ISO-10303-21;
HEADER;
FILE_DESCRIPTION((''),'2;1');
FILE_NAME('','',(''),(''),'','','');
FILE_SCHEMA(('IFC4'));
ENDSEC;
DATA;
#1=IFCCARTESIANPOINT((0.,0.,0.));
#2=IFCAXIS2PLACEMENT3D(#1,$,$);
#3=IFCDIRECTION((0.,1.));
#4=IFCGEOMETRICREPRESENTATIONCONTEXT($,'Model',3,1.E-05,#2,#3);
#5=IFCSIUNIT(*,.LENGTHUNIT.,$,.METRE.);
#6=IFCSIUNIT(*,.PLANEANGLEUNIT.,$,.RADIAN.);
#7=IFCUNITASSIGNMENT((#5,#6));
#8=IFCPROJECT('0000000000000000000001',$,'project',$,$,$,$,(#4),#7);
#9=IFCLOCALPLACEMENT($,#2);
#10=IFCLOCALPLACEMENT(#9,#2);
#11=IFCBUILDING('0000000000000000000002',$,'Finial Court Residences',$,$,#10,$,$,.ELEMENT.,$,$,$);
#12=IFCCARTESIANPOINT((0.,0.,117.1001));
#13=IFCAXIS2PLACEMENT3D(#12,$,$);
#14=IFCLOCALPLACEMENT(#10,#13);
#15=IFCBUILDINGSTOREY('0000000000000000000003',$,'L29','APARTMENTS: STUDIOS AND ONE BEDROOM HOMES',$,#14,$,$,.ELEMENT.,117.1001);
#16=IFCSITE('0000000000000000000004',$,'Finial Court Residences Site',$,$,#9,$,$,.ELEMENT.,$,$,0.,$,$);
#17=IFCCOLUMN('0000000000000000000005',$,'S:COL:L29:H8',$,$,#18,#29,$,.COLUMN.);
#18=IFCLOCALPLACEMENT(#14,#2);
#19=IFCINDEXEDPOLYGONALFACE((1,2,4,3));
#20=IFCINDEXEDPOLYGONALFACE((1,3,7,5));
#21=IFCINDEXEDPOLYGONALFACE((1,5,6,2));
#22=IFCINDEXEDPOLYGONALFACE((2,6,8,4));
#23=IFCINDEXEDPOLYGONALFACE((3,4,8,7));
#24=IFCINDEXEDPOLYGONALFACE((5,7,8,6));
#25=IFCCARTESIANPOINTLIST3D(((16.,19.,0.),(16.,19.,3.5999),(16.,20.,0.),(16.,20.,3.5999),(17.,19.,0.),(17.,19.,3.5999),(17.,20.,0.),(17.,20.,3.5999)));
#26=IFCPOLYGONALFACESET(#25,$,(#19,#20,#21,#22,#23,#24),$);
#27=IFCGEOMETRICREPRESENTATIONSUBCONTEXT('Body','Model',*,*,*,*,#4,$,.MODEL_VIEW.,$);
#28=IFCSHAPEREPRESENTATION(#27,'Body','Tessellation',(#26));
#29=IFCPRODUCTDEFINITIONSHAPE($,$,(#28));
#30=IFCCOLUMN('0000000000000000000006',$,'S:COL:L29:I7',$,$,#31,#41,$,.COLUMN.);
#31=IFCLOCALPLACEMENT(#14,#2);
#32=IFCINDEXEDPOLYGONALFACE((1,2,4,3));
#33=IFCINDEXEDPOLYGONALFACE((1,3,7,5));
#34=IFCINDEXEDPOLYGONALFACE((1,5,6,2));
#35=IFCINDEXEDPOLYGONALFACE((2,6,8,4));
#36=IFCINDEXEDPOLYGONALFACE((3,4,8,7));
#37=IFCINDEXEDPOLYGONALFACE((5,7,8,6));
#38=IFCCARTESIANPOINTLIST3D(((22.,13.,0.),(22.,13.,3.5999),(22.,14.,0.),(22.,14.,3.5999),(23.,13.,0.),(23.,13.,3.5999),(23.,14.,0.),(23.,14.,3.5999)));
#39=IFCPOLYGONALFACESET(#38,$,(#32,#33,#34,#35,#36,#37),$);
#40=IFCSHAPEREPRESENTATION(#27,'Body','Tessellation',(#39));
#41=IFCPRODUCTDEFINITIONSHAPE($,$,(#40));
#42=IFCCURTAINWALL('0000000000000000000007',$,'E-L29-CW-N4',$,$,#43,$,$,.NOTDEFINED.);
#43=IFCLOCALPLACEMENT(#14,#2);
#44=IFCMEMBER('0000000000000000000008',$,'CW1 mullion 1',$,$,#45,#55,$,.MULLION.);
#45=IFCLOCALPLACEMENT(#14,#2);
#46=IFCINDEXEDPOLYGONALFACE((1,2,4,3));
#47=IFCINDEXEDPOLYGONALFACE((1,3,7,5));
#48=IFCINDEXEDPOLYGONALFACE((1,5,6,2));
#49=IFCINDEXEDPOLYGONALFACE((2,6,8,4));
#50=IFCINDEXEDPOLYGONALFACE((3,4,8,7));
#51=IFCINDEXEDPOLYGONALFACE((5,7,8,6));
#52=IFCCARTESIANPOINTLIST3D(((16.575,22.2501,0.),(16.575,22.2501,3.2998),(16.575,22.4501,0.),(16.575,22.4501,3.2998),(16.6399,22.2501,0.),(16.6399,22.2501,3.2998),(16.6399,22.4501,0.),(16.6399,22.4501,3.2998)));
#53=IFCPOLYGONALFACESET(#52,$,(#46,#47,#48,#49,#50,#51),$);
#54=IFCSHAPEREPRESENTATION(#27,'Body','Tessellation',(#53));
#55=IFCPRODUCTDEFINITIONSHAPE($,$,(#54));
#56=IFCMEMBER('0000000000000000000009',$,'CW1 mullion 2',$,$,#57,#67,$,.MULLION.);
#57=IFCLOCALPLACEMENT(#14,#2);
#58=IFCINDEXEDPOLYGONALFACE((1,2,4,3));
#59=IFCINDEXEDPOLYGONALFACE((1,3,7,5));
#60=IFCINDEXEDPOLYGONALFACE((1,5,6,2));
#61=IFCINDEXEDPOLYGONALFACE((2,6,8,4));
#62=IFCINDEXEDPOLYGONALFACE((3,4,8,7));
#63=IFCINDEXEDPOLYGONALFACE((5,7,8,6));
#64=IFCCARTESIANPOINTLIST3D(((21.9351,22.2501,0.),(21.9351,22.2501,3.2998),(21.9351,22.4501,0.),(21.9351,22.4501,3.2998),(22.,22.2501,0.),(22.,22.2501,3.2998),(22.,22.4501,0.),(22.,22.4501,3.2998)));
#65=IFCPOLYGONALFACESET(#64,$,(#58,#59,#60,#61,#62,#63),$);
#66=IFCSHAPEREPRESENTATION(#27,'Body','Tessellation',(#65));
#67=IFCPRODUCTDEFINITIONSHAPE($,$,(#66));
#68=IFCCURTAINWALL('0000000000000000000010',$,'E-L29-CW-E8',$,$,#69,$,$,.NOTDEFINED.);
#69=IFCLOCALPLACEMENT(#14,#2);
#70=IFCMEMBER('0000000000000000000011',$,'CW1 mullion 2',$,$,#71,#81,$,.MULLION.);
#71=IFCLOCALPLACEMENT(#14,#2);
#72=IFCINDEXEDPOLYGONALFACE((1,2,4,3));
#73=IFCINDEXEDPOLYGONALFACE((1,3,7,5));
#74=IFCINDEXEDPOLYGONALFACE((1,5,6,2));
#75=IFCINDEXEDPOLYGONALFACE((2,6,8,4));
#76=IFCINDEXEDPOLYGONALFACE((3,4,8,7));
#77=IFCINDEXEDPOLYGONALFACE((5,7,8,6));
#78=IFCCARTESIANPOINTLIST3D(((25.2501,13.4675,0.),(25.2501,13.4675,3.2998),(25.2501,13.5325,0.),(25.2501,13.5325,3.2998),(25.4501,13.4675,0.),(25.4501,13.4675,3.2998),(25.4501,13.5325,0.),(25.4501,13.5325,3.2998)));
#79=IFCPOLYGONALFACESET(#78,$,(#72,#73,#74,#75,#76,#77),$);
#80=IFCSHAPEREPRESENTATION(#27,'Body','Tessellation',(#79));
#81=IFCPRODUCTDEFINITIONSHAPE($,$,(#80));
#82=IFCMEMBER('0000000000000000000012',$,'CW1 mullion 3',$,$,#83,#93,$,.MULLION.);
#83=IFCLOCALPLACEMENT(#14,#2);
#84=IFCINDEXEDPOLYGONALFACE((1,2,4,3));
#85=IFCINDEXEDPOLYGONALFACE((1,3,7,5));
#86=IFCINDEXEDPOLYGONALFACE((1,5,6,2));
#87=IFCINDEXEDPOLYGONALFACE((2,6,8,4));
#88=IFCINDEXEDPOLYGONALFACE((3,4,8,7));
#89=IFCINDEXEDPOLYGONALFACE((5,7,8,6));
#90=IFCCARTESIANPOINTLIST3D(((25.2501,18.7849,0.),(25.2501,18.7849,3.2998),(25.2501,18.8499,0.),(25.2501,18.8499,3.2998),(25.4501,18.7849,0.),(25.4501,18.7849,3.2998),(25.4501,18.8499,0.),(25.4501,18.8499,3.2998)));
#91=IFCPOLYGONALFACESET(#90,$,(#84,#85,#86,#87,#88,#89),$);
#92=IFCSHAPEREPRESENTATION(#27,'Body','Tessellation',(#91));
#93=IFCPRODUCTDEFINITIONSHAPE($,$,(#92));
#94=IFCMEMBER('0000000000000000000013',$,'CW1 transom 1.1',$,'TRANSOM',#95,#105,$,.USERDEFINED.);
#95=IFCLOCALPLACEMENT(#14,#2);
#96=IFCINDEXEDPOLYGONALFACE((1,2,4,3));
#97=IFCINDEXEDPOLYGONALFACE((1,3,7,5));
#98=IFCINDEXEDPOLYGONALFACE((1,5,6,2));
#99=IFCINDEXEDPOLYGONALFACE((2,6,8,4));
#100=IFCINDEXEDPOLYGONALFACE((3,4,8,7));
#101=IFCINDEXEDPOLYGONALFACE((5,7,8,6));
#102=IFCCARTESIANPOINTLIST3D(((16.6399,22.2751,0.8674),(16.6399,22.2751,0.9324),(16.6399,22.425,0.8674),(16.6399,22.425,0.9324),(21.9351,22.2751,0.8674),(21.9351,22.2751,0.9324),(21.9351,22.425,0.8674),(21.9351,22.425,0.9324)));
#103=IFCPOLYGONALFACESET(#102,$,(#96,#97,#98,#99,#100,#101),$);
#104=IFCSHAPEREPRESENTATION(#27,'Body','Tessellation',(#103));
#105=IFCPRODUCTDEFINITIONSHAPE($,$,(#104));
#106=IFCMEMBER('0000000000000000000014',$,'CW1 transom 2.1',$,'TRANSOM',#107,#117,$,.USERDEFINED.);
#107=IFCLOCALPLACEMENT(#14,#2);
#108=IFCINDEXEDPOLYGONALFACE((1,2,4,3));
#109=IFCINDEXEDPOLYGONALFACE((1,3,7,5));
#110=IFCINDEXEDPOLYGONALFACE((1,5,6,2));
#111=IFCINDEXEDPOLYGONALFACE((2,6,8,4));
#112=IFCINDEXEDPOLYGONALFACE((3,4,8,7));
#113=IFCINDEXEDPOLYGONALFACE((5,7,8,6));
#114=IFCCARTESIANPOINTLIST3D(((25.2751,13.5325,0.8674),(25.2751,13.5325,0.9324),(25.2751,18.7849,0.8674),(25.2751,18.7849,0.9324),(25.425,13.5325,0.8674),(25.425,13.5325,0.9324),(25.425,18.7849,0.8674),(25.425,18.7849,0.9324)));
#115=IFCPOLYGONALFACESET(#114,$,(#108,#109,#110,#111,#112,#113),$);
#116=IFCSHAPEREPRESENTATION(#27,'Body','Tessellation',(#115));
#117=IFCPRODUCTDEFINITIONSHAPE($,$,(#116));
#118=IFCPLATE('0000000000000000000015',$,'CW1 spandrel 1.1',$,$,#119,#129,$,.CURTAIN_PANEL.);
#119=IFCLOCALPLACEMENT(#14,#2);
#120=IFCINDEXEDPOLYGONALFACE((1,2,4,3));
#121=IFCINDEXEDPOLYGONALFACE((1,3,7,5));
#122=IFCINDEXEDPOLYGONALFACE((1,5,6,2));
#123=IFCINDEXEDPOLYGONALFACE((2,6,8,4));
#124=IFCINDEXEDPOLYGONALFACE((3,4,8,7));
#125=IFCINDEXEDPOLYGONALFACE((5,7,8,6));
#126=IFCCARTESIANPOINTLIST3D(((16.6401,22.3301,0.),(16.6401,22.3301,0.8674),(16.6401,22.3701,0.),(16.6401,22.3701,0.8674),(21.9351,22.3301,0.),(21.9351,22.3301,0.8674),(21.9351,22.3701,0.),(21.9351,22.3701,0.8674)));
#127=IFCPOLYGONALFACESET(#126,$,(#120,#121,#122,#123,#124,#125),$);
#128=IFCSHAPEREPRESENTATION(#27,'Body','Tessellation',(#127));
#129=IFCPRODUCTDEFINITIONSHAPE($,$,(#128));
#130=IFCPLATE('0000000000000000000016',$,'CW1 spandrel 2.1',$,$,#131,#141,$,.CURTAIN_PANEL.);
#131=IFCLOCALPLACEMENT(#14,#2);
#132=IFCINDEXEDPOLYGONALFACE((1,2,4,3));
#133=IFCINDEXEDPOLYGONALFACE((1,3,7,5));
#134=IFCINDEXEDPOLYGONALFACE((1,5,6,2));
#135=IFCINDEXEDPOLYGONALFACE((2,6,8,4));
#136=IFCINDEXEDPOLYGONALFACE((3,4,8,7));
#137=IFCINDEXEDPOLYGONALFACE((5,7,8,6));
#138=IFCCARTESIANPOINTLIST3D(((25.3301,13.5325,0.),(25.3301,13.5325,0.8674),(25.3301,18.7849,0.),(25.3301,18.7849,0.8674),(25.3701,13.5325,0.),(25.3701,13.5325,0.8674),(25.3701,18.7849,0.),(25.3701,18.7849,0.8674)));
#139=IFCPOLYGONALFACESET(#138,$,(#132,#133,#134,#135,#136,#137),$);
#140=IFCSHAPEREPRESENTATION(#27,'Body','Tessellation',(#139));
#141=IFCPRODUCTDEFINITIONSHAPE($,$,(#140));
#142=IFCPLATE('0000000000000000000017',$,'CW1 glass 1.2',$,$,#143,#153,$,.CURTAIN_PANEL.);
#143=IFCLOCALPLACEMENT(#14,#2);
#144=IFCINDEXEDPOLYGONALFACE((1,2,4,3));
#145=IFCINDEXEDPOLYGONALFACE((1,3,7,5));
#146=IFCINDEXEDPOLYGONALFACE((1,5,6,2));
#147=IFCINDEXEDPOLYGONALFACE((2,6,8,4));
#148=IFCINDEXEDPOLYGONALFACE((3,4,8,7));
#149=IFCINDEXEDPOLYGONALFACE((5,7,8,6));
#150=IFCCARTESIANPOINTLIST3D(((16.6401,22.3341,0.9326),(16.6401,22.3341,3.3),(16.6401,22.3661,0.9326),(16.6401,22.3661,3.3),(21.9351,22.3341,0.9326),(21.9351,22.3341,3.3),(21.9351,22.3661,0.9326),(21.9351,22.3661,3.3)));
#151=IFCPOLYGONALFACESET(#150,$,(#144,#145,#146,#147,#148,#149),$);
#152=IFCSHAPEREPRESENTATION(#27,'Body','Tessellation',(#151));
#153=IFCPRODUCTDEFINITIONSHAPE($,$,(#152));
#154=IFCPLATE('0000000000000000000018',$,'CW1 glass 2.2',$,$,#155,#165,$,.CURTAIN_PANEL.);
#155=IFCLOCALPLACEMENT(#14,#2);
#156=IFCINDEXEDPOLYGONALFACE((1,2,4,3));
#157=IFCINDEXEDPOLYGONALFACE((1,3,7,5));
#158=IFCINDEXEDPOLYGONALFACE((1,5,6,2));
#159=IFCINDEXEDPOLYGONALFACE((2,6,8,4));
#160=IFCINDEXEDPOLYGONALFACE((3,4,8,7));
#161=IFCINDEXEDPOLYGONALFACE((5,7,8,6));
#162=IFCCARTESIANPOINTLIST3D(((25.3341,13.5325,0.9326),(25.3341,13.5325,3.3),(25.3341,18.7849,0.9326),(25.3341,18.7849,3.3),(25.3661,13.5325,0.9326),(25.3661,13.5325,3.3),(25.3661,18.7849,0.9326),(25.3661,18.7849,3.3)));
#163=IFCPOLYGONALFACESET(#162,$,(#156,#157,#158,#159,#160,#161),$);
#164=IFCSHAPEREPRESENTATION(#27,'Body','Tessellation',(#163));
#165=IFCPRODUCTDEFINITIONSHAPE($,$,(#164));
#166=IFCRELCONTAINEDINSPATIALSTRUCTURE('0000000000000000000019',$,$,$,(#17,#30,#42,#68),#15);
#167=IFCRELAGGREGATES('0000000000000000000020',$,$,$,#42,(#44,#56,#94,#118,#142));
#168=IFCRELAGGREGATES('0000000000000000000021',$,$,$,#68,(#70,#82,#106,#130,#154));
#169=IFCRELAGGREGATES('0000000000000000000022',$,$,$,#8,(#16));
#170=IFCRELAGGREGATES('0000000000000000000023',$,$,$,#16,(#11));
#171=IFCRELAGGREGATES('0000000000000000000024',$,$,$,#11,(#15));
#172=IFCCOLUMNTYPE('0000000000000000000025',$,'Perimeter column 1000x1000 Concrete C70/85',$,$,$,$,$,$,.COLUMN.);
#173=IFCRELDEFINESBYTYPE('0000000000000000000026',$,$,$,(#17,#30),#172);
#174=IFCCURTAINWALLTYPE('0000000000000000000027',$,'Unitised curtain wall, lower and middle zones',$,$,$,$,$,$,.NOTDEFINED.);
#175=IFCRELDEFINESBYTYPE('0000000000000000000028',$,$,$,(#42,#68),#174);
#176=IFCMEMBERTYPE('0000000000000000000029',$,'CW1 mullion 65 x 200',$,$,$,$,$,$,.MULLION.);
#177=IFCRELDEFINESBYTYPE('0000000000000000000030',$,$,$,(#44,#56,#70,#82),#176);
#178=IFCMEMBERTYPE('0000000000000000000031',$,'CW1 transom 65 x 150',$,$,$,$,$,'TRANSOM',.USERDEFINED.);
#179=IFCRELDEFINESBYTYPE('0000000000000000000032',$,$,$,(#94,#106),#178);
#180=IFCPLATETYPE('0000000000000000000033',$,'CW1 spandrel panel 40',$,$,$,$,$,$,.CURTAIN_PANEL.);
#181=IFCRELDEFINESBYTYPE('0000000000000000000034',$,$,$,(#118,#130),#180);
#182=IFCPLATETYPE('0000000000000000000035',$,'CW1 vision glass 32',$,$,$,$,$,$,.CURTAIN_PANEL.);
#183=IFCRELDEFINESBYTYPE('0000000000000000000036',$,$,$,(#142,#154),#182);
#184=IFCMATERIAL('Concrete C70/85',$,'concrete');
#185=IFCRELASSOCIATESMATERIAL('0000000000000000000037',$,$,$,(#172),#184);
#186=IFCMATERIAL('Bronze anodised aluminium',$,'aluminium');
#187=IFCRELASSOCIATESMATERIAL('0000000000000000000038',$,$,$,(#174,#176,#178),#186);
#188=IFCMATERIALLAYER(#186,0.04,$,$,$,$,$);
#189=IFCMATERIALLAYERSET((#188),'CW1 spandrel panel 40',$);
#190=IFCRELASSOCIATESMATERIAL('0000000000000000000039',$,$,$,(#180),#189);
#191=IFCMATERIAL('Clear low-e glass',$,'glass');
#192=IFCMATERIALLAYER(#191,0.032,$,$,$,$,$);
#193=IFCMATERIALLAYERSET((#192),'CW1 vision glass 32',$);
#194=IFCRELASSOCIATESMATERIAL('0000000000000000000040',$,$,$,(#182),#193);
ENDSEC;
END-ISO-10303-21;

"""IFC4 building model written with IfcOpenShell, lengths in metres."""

from ifc_helpers import new_model, si_unit, direction, frame, origin, origin_2d, place, context, subcontext, project, spatial, rectangle, extrude, material, layer, layer_set, material_profile, profile_set, type_object, element, aggregate, save


model = new_model("IFC4")

# Units and contexts
model_context = context("Model", 3, precision=1e-05, world=origin(), true_north=direction((0.0, 1.0)))
body_context = subcontext(model_context, "Body", "Model", "MODEL_VIEW")
ifc_project = project(units=[si_unit("LENGTHUNIT", "METRE"), si_unit("PLANEANGLEUNIT", "RADIAN")], contexts=[model_context])

# Site, building, storey
site_placement = place(None, origin())
site = spatial("IfcSite", under=ifc_project, at=site_placement, Name="Finial Court Residences Site", CompositionType="ELEMENT", RefElevation=0.0)
building_placement = place(site_placement, origin())
building = spatial("IfcBuilding", under=site, at=building_placement, Name="Finial Court Residences", CompositionType="ELEMENT")
storey_placement = place(building_placement, frame((0.0, 0.0, 117.1001)))
storey = spatial("IfcBuildingStorey", under=building, at=storey_placement, Name="L29", Description="APARTMENTS: STUDIOS AND ONE BEDROOM HOMES", CompositionType="ELEMENT", Elevation=117.1001)

# Columns
ifc_material_1 = material(Name="Concrete C70/85", Category="concrete")
ifc_material_profile_1 = material_profile(ifc_material_1, rectangle(XDim=1.0, YDim=1.0, at=origin_2d()), Name="1000x1000")
ifc_profile_set_1 = profile_set([ifc_material_profile_1], Name="Concrete C70/85")
column_type = type_object("IfcColumnType", Name="Perimeter column 1000x1000 Concrete C70/85", PredefinedType="COLUMN", material=ifc_profile_set_1)
for number, where, z_axis, x_axis, name in (
    (1, (16.5, 19.5, 0.0), (0.0, 0.0, 1.0), (1.0, 0.0, 0.0), "S:COL:L29:H8"),
    (2, (22.5, 13.5, 0.0), (0.0, 0.0, 1.0), (1.0, 0.0, 0.0), "S:COL:L29:I7"),
):
    element("IfcColumn", number, at=place(storey_placement, frame(where, z_axis=z_axis, x_axis=x_axis)), inside=storey, type_object=column_type, Name=name, PredefinedType="COLUMN", context=body_context, shape_type="SweptSolid", body=[
        extrude(rectangle(XDim=1.0, YDim=1.0, at=origin_2d()), origin(), (0.0, 0.0, 1.0), 3.5999),
    ])

# Curtain walls, members
ifc_material_2 = material(Name="Bronze anodised aluminium", Category="aluminium")
curtain_wall_type = type_object("IfcCurtainWallType", Name="Unitised curtain wall, lower and middle zones", PredefinedType="NOTDEFINED", material=ifc_material_2)
curtain_wall_1_placement = place(storey_placement, origin())
curtain_wall_1 = element("IfcCurtainWall", 3, at=curtain_wall_1_placement, inside=storey, type_object=curtain_wall_type, Name="E-L29-CW-N4", PredefinedType="NOTDEFINED")
ifc_material_profile_2 = material_profile(ifc_material_2, rectangle(XDim=0.2, YDim=0.0649, at=origin_2d()), Name="CW1 mullion 65 x 200")
ifc_profile_set_2 = profile_set([ifc_material_profile_2], Name="Bronze anodised aluminium")
member_type_1 = type_object("IfcMemberType", Name="CW1 mullion 65 x 200", PredefinedType="MULLION", material=ifc_profile_set_2)
member_1_placement = place(storey_placement, frame((16.6074, 22.3501, 0.0), z_axis=(0.0, 0.0, 1.0), x_axis=(0.0, 1.0, 0.0)))
member_1 = element("IfcMember", 4, at=member_1_placement, type_object=member_type_1, Name="CW1 mullion 1", PredefinedType="MULLION", context=body_context, shape_type="SweptSolid", body=[
    extrude(rectangle(XDim=0.2, YDim=0.0649, at=origin_2d()), origin(), (0.0, 0.0, 1.0), 3.2998),
])
member_2_placement = place(storey_placement, frame((21.9675, 22.3501, 0.0), z_axis=(0.0, 0.0, 1.0), x_axis=(0.0, 1.0, 0.0)))
member_2 = element("IfcMember", 5, at=member_2_placement, type_object=member_type_1, Name="CW1 mullion 2", PredefinedType="MULLION", context=body_context, shape_type="SweptSolid", body=[
    extrude(rectangle(XDim=0.2, YDim=0.0649, at=origin_2d()), origin(), (0.0, 0.0, 1.0), 3.2998),
])
curtain_wall_2_placement = place(storey_placement, origin())
curtain_wall_2 = element("IfcCurtainWall", 6, at=curtain_wall_2_placement, inside=storey, type_object=curtain_wall_type, Name="E-L29-CW-E8", PredefinedType="NOTDEFINED")
member_3_placement = place(storey_placement, frame((25.3501, 13.5, 0.0), z_axis=(0.0, 0.0, 1.0), x_axis=(-1.0, 0.0, 0.0)))
member_3 = element("IfcMember", 7, at=member_3_placement, type_object=member_type_1, Name="CW1 mullion 2", PredefinedType="MULLION", context=body_context, shape_type="SweptSolid", body=[
    extrude(rectangle(XDim=0.2, YDim=0.0649, at=origin_2d()), origin(), (0.0, 0.0, 1.0), 3.2998),
])
member_4_placement = place(storey_placement, frame((25.3501, 18.8174, 0.0), z_axis=(0.0, 0.0, 1.0), x_axis=(-1.0, 0.0, 0.0)))
member_4 = element("IfcMember", 8, at=member_4_placement, type_object=member_type_1, Name="CW1 mullion 3", PredefinedType="MULLION", context=body_context, shape_type="SweptSolid", body=[
    extrude(rectangle(XDim=0.2, YDim=0.0649, at=origin_2d()), origin(), (0.0, 0.0, 1.0), 3.2998),
])

# Members
ifc_material_profile_3 = material_profile(ifc_material_2, rectangle(XDim=0.1499, YDim=0.0649, at=origin_2d()), Name="CW1 transom 65 x 150")
ifc_profile_set_3 = profile_set([ifc_material_profile_3], Name="Bronze anodised aluminium")
member_type_2 = type_object("IfcMemberType", Name="CW1 transom 65 x 150", ElementType="TRANSOM", PredefinedType="USERDEFINED", material=ifc_profile_set_3)
member_5_placement = place(storey_placement, frame((16.6399, 22.3501, 0.8999), z_axis=(1.0, 0.0, 0.0), x_axis=(0.0, 1.0, 0.0)))
member_5 = element("IfcMember", 9, at=member_5_placement, type_object=member_type_2, Name="CW1 transom 1.1", ObjectType="TRANSOM", PredefinedType="USERDEFINED", context=body_context, shape_type="SweptSolid", body=[
    extrude(rectangle(XDim=0.1499, YDim=0.0649, at=origin_2d()), origin(), (0.0, 0.0, 1.0), 5.2952),
])
member_6_placement = place(storey_placement, frame((25.3501, 13.5325, 0.8999), z_axis=(0.0, 1.0, 0.0), x_axis=(-1.0, 0.0, 0.0)))
member_6 = element("IfcMember", 10, at=member_6_placement, type_object=member_type_2, Name="CW1 transom 2.1", ObjectType="TRANSOM", PredefinedType="USERDEFINED", context=body_context, shape_type="SweptSolid", body=[
    extrude(rectangle(XDim=0.1499, YDim=0.0649, at=origin_2d()), origin(), (0.0, 0.0, 1.0), 5.2524),
])

# Plates
ifc_layer_1 = layer(ifc_material_2, 0.04)
ifc_layer_set_1 = layer_set([ifc_layer_1], Name="CW1 spandrel panel 40")
plate_type_1 = type_object("IfcPlateType", Name="CW1 spandrel panel 40", PredefinedType="CURTAIN_PANEL", material=ifc_layer_set_1)
plate_1_placement = place(storey_placement, frame((19.2876, 22.3501, 0.0), z_axis=(0.0, 0.0, 1.0), x_axis=(1.0, 0.0, 0.0)))
plate_1 = element("IfcPlate", 11, at=plate_1_placement, type_object=plate_type_1, Name="CW1 spandrel 1.1", PredefinedType="CURTAIN_PANEL", context=body_context, shape_type="SweptSolid", body=[
    extrude(rectangle(XDim=5.2949, YDim=0.04, at=origin_2d()), origin(), (0.0, 0.0, 1.0), 0.8674),
])
plate_2_placement = place(storey_placement, frame((25.3501, 16.1587, 0.0), z_axis=(0.0, 0.0, 1.0), x_axis=(0.0, 1.0, 0.0)))
plate_2 = element("IfcPlate", 12, at=plate_2_placement, type_object=plate_type_1, Name="CW1 spandrel 2.1", PredefinedType="CURTAIN_PANEL", context=body_context, shape_type="SweptSolid", body=[
    extrude(rectangle(XDim=5.2524, YDim=0.04, at=origin_2d()), origin(), (0.0, 0.0, 1.0), 0.8674),
])
ifc_material_3 = material(Name="Clear low-e glass", Category="glass")
ifc_layer_2 = layer(ifc_material_3, 0.032)
ifc_layer_set_2 = layer_set([ifc_layer_2], Name="CW1 vision glass 32")
plate_type_2 = type_object("IfcPlateType", Name="CW1 vision glass 32", PredefinedType="CURTAIN_PANEL", material=ifc_layer_set_2)
plate_3_placement = place(storey_placement, frame((19.2876, 22.3501, 0.9326), z_axis=(0.0, 0.0, 1.0), x_axis=(1.0, 0.0, 0.0)))
plate_3 = element("IfcPlate", 13, at=plate_3_placement, type_object=plate_type_2, Name="CW1 glass 1.2", PredefinedType="CURTAIN_PANEL", context=body_context, shape_type="SweptSolid", body=[
    extrude(rectangle(XDim=5.2949, YDim=0.032, at=origin_2d()), origin(), (0.0, 0.0, 1.0), 2.3674),
])
aggregate(curtain_wall_1, [member_1, member_2, member_5, plate_1, plate_3])
plate_4_placement = place(storey_placement, frame((25.3501, 16.1587, 0.9326), z_axis=(0.0, 0.0, 1.0), x_axis=(0.0, 1.0, 0.0)))
plate_4 = element("IfcPlate", 14, at=plate_4_placement, type_object=plate_type_2, Name="CW1 glass 2.2", PredefinedType="CURTAIN_PANEL", context=body_context, shape_type="SweptSolid", body=[
    extrude(rectangle(XDim=5.2524, YDim=0.032, at=origin_2d()), origin(), (0.0, 0.0, 1.0), 2.3674),
])
aggregate(curtain_wall_2, [member_3, member_4, member_6, plate_2, plate_4])

save(model, "model.ifc")
